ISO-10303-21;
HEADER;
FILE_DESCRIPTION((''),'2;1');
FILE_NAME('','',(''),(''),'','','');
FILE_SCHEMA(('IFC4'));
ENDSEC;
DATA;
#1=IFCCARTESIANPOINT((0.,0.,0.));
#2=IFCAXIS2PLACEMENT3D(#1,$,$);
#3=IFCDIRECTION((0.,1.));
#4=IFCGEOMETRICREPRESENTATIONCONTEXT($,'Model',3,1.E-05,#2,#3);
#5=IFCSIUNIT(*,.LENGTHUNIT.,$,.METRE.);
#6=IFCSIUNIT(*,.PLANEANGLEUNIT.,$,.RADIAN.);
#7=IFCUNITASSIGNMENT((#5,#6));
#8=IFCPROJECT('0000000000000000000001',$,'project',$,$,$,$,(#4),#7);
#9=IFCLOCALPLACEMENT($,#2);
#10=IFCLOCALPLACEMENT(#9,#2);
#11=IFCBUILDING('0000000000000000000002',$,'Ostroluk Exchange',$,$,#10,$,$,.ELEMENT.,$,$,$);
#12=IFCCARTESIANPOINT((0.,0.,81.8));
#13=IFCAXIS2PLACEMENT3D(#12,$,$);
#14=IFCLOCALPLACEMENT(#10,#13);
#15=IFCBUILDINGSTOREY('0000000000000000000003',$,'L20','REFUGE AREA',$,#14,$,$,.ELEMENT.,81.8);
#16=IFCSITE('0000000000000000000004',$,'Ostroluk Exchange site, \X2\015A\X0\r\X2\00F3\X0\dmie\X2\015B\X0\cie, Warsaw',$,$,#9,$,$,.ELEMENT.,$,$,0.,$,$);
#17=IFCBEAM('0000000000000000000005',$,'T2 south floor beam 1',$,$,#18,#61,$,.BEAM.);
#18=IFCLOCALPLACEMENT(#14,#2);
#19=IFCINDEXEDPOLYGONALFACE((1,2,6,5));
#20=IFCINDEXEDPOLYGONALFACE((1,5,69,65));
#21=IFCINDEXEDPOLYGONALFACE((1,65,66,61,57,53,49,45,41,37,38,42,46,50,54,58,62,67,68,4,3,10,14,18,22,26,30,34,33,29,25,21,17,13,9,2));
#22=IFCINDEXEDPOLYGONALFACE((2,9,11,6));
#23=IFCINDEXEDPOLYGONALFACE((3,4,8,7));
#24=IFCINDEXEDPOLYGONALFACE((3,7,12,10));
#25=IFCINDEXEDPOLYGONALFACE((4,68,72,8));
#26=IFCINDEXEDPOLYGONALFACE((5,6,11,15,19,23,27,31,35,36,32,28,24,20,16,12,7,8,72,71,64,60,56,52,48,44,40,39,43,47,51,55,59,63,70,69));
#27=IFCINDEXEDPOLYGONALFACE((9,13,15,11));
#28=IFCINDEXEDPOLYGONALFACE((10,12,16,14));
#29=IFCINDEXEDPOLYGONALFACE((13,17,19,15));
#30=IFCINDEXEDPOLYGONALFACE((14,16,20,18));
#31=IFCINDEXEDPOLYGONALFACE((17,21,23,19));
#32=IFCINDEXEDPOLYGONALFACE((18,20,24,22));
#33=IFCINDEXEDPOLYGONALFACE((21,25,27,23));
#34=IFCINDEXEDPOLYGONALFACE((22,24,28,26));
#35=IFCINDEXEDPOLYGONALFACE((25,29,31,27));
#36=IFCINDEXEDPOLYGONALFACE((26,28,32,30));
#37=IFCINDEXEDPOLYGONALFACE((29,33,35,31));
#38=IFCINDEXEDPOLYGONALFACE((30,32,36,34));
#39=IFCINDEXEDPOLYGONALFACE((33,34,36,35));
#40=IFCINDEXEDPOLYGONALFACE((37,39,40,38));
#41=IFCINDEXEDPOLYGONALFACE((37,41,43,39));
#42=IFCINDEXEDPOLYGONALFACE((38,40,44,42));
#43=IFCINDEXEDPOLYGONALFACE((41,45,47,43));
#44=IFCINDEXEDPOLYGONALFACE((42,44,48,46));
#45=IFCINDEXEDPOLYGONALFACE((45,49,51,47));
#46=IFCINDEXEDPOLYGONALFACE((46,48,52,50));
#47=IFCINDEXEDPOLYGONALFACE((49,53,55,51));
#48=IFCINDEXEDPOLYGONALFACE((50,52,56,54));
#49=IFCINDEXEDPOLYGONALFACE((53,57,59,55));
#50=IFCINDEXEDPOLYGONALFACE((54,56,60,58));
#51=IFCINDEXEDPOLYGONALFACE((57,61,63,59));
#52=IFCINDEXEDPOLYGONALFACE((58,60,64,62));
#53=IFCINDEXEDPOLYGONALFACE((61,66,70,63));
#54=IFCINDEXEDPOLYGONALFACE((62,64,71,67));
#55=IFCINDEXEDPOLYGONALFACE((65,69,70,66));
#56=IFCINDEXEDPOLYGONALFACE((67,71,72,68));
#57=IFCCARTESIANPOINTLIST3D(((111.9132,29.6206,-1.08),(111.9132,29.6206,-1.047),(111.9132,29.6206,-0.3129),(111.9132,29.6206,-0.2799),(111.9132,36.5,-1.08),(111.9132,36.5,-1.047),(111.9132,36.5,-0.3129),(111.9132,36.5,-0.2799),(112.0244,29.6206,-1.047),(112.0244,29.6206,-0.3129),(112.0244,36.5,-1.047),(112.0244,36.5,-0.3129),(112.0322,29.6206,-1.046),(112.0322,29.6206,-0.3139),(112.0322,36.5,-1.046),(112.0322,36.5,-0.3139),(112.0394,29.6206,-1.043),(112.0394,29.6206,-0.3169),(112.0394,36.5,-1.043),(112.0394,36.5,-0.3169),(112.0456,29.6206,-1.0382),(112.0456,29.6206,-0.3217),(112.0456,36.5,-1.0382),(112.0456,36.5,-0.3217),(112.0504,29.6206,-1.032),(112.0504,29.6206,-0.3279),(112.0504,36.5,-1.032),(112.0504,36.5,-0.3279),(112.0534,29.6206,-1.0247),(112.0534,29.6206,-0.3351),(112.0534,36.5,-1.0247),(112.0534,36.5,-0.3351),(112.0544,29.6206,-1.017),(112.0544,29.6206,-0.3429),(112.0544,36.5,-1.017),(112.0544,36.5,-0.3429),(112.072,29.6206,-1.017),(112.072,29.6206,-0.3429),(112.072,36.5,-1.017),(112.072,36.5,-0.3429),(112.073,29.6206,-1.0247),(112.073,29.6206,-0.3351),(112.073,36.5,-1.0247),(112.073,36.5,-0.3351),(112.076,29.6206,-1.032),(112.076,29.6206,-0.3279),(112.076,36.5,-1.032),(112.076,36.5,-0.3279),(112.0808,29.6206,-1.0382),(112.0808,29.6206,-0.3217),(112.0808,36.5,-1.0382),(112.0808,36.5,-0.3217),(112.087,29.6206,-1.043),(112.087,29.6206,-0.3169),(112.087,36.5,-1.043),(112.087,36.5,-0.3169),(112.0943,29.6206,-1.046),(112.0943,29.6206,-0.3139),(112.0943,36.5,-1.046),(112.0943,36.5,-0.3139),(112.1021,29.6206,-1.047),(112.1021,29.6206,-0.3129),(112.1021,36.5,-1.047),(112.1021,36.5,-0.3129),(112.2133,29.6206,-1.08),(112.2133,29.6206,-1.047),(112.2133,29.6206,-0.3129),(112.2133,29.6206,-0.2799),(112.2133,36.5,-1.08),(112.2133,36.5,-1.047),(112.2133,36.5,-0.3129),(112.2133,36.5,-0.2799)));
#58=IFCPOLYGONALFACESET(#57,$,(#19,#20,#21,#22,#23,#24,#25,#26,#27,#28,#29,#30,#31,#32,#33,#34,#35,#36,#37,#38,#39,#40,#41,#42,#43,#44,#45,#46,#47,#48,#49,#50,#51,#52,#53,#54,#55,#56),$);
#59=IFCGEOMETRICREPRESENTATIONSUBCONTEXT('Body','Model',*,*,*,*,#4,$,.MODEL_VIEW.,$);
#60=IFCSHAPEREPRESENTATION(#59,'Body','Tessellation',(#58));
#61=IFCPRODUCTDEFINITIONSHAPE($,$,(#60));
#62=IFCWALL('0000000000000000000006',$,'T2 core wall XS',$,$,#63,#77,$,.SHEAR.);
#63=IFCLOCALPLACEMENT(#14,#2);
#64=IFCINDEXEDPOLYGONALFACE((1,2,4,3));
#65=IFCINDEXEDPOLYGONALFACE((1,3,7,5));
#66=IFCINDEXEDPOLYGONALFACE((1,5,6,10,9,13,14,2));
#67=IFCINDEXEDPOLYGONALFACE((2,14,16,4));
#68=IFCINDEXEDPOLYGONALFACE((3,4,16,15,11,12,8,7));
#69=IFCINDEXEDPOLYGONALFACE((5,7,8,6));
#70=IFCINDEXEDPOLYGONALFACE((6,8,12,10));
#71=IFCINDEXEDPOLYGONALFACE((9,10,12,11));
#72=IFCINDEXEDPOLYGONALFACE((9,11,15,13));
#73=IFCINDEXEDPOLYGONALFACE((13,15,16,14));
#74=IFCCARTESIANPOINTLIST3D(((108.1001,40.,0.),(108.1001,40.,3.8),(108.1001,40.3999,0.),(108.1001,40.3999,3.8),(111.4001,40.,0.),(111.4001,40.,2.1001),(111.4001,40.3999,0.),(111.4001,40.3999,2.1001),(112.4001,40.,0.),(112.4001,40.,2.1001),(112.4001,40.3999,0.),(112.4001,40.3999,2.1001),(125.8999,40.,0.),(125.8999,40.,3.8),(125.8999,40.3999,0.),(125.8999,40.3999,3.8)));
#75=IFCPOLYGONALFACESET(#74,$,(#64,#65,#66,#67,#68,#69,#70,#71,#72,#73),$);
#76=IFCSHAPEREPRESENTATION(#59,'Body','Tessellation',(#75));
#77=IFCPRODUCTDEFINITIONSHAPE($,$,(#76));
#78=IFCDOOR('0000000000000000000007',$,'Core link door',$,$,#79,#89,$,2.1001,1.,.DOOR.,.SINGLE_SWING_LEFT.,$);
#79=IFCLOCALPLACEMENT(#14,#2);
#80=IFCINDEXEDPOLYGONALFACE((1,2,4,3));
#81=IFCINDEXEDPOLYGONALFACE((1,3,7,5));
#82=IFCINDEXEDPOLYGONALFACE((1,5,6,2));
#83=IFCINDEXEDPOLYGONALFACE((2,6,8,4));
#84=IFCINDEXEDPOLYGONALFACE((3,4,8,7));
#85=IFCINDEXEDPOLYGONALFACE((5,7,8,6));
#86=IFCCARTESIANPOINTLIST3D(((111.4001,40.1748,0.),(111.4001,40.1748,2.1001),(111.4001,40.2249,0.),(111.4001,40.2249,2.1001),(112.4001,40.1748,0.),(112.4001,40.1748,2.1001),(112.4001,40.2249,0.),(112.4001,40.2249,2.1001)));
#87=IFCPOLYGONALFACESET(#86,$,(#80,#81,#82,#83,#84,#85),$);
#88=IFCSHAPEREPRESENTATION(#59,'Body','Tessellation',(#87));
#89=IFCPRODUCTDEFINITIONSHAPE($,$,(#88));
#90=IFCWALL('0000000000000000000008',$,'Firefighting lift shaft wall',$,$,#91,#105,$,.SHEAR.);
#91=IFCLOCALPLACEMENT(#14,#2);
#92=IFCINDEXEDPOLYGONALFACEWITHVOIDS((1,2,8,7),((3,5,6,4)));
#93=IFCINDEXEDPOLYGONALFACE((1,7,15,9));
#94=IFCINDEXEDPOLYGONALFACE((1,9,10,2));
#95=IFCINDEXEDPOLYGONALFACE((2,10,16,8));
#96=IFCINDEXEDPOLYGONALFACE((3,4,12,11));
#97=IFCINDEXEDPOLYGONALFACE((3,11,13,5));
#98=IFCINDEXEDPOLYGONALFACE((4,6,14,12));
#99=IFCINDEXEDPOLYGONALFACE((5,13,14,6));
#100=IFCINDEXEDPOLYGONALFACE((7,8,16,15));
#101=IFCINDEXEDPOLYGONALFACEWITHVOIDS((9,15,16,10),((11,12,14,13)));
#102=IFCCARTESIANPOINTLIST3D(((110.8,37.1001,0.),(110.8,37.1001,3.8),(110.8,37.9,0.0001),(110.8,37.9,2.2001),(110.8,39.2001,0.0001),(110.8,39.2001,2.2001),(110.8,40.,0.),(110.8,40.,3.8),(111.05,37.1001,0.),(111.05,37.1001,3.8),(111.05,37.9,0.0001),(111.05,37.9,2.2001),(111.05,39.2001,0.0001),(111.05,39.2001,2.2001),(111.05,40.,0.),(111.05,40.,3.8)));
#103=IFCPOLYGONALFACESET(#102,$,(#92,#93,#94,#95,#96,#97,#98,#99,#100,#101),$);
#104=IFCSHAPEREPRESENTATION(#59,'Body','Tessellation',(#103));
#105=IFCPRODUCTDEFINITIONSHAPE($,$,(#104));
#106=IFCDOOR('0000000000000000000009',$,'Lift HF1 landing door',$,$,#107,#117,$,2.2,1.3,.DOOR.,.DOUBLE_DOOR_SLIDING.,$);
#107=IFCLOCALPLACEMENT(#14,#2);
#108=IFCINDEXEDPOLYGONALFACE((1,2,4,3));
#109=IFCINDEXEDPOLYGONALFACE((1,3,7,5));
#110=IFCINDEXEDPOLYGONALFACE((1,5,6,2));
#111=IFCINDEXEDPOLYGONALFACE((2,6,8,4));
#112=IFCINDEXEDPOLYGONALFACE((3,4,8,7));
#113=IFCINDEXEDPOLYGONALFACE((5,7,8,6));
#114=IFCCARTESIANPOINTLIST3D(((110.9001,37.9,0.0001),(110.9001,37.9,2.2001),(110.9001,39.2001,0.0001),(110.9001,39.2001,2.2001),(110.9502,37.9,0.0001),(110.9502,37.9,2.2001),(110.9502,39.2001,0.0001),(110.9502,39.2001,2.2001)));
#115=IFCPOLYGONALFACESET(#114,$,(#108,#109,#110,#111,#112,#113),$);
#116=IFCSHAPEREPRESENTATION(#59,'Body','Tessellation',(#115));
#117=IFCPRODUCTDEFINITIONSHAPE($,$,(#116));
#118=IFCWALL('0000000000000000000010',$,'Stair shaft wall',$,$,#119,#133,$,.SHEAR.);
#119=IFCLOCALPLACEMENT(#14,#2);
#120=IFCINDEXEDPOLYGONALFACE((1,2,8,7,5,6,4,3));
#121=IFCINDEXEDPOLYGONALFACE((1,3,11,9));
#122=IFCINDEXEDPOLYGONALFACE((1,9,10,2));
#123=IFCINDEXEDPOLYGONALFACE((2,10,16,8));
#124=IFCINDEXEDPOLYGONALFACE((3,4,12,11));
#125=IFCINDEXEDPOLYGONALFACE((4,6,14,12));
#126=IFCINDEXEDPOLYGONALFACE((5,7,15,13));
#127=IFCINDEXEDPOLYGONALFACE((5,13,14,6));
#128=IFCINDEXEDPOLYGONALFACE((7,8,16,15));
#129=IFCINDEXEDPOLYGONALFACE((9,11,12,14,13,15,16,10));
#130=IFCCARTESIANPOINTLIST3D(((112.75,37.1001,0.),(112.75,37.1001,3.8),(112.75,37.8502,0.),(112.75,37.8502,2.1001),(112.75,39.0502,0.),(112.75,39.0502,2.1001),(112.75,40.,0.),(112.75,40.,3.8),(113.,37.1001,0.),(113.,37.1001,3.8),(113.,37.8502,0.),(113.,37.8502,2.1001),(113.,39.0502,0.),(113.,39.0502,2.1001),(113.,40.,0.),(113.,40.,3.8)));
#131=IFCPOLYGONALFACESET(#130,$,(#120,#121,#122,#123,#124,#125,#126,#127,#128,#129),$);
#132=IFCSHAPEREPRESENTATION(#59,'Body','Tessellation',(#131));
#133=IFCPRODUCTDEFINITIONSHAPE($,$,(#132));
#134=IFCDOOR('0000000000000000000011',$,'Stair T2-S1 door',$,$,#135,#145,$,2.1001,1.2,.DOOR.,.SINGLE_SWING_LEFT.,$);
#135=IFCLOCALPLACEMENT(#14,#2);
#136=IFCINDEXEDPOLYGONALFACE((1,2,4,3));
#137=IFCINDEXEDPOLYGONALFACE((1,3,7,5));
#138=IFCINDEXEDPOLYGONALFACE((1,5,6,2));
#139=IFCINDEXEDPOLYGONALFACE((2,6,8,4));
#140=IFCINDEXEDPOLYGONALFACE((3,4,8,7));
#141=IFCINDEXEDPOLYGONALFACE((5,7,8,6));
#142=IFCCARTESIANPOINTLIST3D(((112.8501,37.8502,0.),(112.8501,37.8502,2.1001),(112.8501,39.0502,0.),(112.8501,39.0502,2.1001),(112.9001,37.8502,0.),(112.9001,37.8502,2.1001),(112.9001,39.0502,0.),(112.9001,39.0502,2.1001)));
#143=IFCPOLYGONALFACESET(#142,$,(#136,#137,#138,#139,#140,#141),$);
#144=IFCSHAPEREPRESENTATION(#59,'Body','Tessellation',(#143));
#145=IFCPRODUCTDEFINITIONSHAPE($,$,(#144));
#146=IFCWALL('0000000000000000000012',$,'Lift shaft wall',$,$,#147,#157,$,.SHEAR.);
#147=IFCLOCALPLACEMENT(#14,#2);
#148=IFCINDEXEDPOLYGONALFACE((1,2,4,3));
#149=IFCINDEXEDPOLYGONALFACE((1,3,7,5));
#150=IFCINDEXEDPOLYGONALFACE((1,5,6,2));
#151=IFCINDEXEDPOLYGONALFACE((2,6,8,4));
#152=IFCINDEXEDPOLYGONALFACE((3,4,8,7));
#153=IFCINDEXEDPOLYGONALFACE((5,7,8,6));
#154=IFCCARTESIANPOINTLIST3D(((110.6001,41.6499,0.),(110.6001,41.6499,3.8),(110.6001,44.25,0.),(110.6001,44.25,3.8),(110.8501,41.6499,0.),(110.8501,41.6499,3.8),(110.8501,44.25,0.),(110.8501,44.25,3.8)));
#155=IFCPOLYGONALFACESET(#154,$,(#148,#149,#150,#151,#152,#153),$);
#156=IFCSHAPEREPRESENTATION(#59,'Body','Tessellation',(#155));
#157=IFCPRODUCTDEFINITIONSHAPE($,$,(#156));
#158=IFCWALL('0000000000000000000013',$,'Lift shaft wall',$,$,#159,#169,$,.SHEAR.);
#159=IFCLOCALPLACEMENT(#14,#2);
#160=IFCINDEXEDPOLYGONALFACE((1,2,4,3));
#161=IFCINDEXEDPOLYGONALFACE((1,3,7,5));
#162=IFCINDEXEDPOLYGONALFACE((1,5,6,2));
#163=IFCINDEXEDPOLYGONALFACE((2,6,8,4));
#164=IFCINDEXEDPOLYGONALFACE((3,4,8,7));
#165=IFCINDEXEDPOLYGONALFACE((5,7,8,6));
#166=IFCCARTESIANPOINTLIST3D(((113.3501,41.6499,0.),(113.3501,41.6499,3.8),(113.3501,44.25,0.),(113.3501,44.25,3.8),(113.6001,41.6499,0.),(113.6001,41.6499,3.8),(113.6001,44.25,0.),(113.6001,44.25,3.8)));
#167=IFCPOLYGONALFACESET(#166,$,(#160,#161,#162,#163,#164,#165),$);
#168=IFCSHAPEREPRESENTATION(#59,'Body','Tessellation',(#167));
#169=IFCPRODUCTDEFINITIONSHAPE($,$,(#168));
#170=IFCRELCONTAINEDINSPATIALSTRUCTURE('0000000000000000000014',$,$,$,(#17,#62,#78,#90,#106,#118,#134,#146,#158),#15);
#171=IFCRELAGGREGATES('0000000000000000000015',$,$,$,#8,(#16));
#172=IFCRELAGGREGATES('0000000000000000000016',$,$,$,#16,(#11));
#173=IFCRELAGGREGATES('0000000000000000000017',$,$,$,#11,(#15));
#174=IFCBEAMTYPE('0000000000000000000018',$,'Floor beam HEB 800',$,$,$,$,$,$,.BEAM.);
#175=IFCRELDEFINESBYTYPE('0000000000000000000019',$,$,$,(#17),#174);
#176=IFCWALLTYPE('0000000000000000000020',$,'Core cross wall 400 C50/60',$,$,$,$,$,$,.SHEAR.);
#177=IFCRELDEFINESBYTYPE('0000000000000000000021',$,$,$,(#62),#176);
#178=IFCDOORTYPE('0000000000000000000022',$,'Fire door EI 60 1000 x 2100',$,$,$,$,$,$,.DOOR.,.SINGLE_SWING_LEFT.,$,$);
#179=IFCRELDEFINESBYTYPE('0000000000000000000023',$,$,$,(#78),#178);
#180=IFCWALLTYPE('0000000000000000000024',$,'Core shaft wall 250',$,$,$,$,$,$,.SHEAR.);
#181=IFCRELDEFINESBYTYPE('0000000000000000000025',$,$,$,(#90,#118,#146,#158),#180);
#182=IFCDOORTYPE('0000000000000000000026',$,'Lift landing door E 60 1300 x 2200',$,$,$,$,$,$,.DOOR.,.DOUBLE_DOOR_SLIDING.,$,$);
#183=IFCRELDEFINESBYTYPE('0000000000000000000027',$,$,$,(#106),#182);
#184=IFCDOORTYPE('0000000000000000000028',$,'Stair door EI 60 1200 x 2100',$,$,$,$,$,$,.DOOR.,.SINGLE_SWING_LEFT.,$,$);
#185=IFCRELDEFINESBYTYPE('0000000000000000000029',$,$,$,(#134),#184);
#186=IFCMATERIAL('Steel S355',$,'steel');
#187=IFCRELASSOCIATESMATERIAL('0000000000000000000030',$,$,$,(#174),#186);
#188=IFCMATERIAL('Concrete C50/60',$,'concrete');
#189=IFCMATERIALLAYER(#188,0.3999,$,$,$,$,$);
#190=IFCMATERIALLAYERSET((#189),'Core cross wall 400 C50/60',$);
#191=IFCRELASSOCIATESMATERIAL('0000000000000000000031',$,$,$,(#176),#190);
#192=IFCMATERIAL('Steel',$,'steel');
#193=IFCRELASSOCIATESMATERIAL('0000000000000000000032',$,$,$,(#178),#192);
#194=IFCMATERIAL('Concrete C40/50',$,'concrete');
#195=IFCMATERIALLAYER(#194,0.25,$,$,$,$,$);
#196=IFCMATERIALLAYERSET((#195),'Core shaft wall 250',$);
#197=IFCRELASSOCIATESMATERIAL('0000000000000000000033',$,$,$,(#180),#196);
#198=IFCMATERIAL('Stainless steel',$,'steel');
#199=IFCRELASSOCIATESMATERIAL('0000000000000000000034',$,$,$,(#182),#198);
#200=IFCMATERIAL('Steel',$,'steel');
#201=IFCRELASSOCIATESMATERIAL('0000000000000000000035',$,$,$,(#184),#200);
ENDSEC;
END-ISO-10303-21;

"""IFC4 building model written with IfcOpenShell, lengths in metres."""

from ifc_helpers import new_model, si_unit, direction, frame, frame_2d, origin, origin_2d, place, context, subcontext, project, spatial, rectangle, i_section, extrude, material, layer, layer_set, material_profile, profile_set, type_object, element, fill, save


model = new_model("IFC4")

# Units and contexts
model_context = context("Model", 3, precision=1e-05, world=origin(), true_north=direction((0.0, 1.0)))
body_context = subcontext(model_context, "Body", "Model", "MODEL_VIEW")
ifc_project = project(units=[si_unit("LENGTHUNIT", "METRE"), si_unit("PLANEANGLEUNIT", "RADIAN")], contexts=[model_context])

# Site, building, storey
site_placement = place(None, origin())
site = spatial("IfcSite", under=ifc_project, at=site_placement, Name="Ostroluk Exchange site, Śródmieście, Warsaw", CompositionType="ELEMENT", RefElevation=0.0)
building_placement = place(site_placement, origin())
building = spatial("IfcBuilding", under=site, at=building_placement, Name="Ostroluk Exchange", CompositionType="ELEMENT")
storey_placement = place(building_placement, frame((0.0, 0.0, 81.8)))
storey = spatial("IfcBuildingStorey", under=building, at=storey_placement, Name="L20", Description="REFUGE AREA", CompositionType="ELEMENT", Elevation=81.8)

# Beam
ifc_material_1 = material(Name="Steel S355", Category="steel")
ifc_material_profile = material_profile(ifc_material_1, i_section(OverallWidth=0.3, OverallDepth=0.8, WebThickness=0.0176, FlangeThickness=0.033, FilletRadius=0.03, at=origin_2d()), Name="HEB 800")
ifc_profile_set = profile_set([ifc_material_profile], Name="Steel S355")
beam_type = type_object("IfcBeamType", Name="Floor beam HEB 800", PredefinedType="BEAM", material=ifc_profile_set)
beam_placement = place(storey_placement, frame((112.0632, 36.5, -0.6799), z_axis=(0.0, -1.0, 0.0), x_axis=(1.0, 0.0, 0.0)))
element("IfcBeam", 1, at=beam_placement, inside=storey, type_object=beam_type, Name="T2 south floor beam 1", PredefinedType="BEAM", context=body_context, shape_type="SweptSolid", body=[
    extrude(i_section(OverallWidth=0.3, OverallDepth=0.8, WebThickness=0.0176, FlangeThickness=0.033, FilletRadius=0.03, at=origin_2d()), origin(), (0.0, 0.0, 1.0), 6.8794),
])

# Walls, openings, doors
ifc_material_2 = material(Name="Concrete C50/60", Category="concrete")
ifc_layer_1 = layer(ifc_material_2, 0.3999)
ifc_layer_set_1 = layer_set([ifc_layer_1], Name="Core cross wall 400 C50/60")
wall_type_1 = type_object("IfcWallType", Name="Core cross wall 400 C50/60", PredefinedType="SHEAR", material=ifc_layer_set_1)
wall_1_placement = place(storey_placement, frame((108.1001, 40.2, 0.0), z_axis=(0.0, 0.0, 1.0), x_axis=(1.0, 0.0, 0.0)))
wall_1 = element("IfcWall", 2, at=wall_1_placement, inside=storey, type_object=wall_type_1, Name="T2 core wall XS", PredefinedType="SHEAR", context=body_context, shape_type="SweptSolid", body=[
    extrude(rectangle(XDim=17.7998, YDim=0.3999, at=frame_2d((8.8999, 0.0))), origin(), (0.0, 0.0, 1.0), 3.8),
])
opening_1_placement = place(wall_1_placement, frame((3.3, 0.0, 0.0)))
opening_1 = element("IfcOpeningElement", 3, at=opening_1_placement, cuts=wall_1, PredefinedType="OPENING", context=body_context, shape_type="SweptSolid", body=[
    extrude(rectangle(XDim=1.0, YDim=2.1001, at=frame_2d((0.5, 1.05))), frame((0.0, 0.21, 0.0), z_axis=(0.0, -1.0, 0.0), x_axis=(1.0, 0.0, 0.0)), (0.0, 0.0, 1.0), 0.4199),
])
ifc_material_3 = material(Name="Steel", Category="steel")
door_type_1 = type_object("IfcDoorType", Name="Fire door EI 60 1000 x 2100", OperationType="SINGLE_SWING_LEFT", PredefinedType="DOOR", material=ifc_material_3)
door_1_placement = place(opening_1_placement, origin())
door_1 = element("IfcDoor", 4, at=door_1_placement, inside=storey, type_object=door_type_1, Name="Core link door", OperationType="SINGLE_SWING_LEFT", OverallHeight=2.1001, OverallWidth=1.0, PredefinedType="DOOR", context=body_context, shape_type="SweptSolid", body=[
    extrude(rectangle(XDim=1.0, YDim=2.1001, at=frame_2d((0.5, 1.05))), frame((0.0, 0.0249, 0.0), z_axis=(0.0, -1.0, 0.0), x_axis=(1.0, 0.0, 0.0)), (0.0, 0.0, 1.0), 0.05),
])
fill(opening_1, door_1)
ifc_material_4 = material(Name="Concrete C40/50", Category="concrete")
ifc_layer_2 = layer(ifc_material_4, 0.25)
ifc_layer_set_2 = layer_set([ifc_layer_2], Name="Core shaft wall 250")
wall_type_2 = type_object("IfcWallType", Name="Core shaft wall 250", PredefinedType="SHEAR", material=ifc_layer_set_2)
wall_2_placement = place(storey_placement, frame((110.925, 37.1001, 0.0), z_axis=(0.0, 0.0, 1.0), x_axis=(0.0, 1.0, 0.0)))
wall_2 = element("IfcWall", 5, at=wall_2_placement, inside=storey, type_object=wall_type_2, Name="Firefighting lift shaft wall", PredefinedType="SHEAR", context=body_context, shape_type="SweptSolid", body=[
    extrude(rectangle(XDim=2.8999, YDim=0.25, at=frame_2d((1.45, 0.0))), origin(), (0.0, 0.0, 1.0), 3.8),
])
opening_2_placement = place(wall_2_placement, frame((0.8, 0.0, 0.0)))
opening_2 = element("IfcOpeningElement", 6, at=opening_2_placement, cuts=wall_2, PredefinedType="OPENING", context=body_context, shape_type="SweptSolid", body=[
    extrude(rectangle(XDim=1.3, YDim=2.2, at=frame_2d((0.6499, 1.1001))), frame((0.0, 0.135, 0.0), z_axis=(0.0, -1.0, 0.0), x_axis=(1.0, 0.0, 0.0)), (0.0, 0.0, 1.0), 0.27),
])
ifc_material_5 = material(Name="Stainless steel", Category="steel")
door_type_2 = type_object("IfcDoorType", Name="Lift landing door E 60 1300 x 2200", OperationType="DOUBLE_DOOR_SLIDING", PredefinedType="DOOR", material=ifc_material_5)
door_2_placement = place(opening_2_placement, origin())
door_2 = element("IfcDoor", 7, at=door_2_placement, inside=storey, type_object=door_type_2, Name="Lift HF1 landing door", OperationType="DOUBLE_DOOR_SLIDING", OverallHeight=2.2, OverallWidth=1.3, PredefinedType="DOOR", context=body_context, shape_type="SweptSolid", body=[
    extrude(rectangle(XDim=1.3, YDim=2.2, at=frame_2d((0.6499, 1.1001))), frame((0.0, 0.0249, 0.0), z_axis=(0.0, -1.0, 0.0), x_axis=(1.0, 0.0, 0.0)), (0.0, 0.0, 1.0), 0.05),
])
fill(opening_2, door_2)
wall_3_placement = place(storey_placement, frame((112.875, 37.1001, 0.0), z_axis=(0.0, 0.0, 1.0), x_axis=(0.0, 1.0, 0.0)))
wall_3 = element("IfcWall", 8, at=wall_3_placement, inside=storey, type_object=wall_type_2, Name="Stair shaft wall", PredefinedType="SHEAR", context=body_context, shape_type="SweptSolid", body=[
    extrude(rectangle(XDim=2.8999, YDim=0.25, at=frame_2d((1.45, 0.0))), origin(), (0.0, 0.0, 1.0), 3.8),
])
opening_3_placement = place(wall_3_placement, frame((0.75, 0.0, 0.0)))
opening_3 = element("IfcOpeningElement", 9, at=opening_3_placement, cuts=wall_3, PredefinedType="OPENING", context=body_context, shape_type="SweptSolid", body=[
    extrude(rectangle(XDim=1.2, YDim=2.1001, at=frame_2d((0.6001, 1.05))), frame((0.0, 0.135, 0.0), z_axis=(0.0, -1.0, 0.0), x_axis=(1.0, 0.0, 0.0)), (0.0, 0.0, 1.0), 0.27),
])
ifc_material_6 = material(Name="Steel", Category="steel")
door_type_3 = type_object("IfcDoorType", Name="Stair door EI 60 1200 x 2100", OperationType="SINGLE_SWING_LEFT", PredefinedType="DOOR", material=ifc_material_6)
door_3_placement = place(opening_3_placement, origin())
door_3 = element("IfcDoor", 10, at=door_3_placement, inside=storey, type_object=door_type_3, Name="Stair T2-S1 door", OperationType="SINGLE_SWING_LEFT", OverallHeight=2.1001, OverallWidth=1.2, PredefinedType="DOOR", context=body_context, shape_type="SweptSolid", body=[
    extrude(rectangle(XDim=1.2, YDim=2.1001, at=frame_2d((0.6001, 1.05))), frame((0.0, 0.0249, 0.0), z_axis=(0.0, -1.0, 0.0), x_axis=(1.0, 0.0, 0.0)), (0.0, 0.0, 1.0), 0.05),
])
fill(opening_3, door_3)

# Walls
for number, where, z_axis, x_axis, name in (
    (11, (110.7251, 44.25, 0.0), (0.0, 0.0, 1.0), (0.0, -1.0, 0.0), "Lift shaft wall"),
    (12, (113.4751, 44.25, 0.0), (0.0, 0.0, 1.0), (0.0, -1.0, 0.0), "Lift shaft wall"),
):
    element("IfcWall", number, at=place(storey_placement, frame(where, z_axis=z_axis, x_axis=x_axis)), inside=storey, type_object=wall_type_2, Name=name, PredefinedType="SHEAR", context=body_context, shape_type="SweptSolid", body=[
        extrude(rectangle(XDim=2.6001, YDim=0.25, at=frame_2d((1.3, 0.0))), origin(), (0.0, 0.0, 1.0), 3.8),
    ])

save(model, "model.ifc")
